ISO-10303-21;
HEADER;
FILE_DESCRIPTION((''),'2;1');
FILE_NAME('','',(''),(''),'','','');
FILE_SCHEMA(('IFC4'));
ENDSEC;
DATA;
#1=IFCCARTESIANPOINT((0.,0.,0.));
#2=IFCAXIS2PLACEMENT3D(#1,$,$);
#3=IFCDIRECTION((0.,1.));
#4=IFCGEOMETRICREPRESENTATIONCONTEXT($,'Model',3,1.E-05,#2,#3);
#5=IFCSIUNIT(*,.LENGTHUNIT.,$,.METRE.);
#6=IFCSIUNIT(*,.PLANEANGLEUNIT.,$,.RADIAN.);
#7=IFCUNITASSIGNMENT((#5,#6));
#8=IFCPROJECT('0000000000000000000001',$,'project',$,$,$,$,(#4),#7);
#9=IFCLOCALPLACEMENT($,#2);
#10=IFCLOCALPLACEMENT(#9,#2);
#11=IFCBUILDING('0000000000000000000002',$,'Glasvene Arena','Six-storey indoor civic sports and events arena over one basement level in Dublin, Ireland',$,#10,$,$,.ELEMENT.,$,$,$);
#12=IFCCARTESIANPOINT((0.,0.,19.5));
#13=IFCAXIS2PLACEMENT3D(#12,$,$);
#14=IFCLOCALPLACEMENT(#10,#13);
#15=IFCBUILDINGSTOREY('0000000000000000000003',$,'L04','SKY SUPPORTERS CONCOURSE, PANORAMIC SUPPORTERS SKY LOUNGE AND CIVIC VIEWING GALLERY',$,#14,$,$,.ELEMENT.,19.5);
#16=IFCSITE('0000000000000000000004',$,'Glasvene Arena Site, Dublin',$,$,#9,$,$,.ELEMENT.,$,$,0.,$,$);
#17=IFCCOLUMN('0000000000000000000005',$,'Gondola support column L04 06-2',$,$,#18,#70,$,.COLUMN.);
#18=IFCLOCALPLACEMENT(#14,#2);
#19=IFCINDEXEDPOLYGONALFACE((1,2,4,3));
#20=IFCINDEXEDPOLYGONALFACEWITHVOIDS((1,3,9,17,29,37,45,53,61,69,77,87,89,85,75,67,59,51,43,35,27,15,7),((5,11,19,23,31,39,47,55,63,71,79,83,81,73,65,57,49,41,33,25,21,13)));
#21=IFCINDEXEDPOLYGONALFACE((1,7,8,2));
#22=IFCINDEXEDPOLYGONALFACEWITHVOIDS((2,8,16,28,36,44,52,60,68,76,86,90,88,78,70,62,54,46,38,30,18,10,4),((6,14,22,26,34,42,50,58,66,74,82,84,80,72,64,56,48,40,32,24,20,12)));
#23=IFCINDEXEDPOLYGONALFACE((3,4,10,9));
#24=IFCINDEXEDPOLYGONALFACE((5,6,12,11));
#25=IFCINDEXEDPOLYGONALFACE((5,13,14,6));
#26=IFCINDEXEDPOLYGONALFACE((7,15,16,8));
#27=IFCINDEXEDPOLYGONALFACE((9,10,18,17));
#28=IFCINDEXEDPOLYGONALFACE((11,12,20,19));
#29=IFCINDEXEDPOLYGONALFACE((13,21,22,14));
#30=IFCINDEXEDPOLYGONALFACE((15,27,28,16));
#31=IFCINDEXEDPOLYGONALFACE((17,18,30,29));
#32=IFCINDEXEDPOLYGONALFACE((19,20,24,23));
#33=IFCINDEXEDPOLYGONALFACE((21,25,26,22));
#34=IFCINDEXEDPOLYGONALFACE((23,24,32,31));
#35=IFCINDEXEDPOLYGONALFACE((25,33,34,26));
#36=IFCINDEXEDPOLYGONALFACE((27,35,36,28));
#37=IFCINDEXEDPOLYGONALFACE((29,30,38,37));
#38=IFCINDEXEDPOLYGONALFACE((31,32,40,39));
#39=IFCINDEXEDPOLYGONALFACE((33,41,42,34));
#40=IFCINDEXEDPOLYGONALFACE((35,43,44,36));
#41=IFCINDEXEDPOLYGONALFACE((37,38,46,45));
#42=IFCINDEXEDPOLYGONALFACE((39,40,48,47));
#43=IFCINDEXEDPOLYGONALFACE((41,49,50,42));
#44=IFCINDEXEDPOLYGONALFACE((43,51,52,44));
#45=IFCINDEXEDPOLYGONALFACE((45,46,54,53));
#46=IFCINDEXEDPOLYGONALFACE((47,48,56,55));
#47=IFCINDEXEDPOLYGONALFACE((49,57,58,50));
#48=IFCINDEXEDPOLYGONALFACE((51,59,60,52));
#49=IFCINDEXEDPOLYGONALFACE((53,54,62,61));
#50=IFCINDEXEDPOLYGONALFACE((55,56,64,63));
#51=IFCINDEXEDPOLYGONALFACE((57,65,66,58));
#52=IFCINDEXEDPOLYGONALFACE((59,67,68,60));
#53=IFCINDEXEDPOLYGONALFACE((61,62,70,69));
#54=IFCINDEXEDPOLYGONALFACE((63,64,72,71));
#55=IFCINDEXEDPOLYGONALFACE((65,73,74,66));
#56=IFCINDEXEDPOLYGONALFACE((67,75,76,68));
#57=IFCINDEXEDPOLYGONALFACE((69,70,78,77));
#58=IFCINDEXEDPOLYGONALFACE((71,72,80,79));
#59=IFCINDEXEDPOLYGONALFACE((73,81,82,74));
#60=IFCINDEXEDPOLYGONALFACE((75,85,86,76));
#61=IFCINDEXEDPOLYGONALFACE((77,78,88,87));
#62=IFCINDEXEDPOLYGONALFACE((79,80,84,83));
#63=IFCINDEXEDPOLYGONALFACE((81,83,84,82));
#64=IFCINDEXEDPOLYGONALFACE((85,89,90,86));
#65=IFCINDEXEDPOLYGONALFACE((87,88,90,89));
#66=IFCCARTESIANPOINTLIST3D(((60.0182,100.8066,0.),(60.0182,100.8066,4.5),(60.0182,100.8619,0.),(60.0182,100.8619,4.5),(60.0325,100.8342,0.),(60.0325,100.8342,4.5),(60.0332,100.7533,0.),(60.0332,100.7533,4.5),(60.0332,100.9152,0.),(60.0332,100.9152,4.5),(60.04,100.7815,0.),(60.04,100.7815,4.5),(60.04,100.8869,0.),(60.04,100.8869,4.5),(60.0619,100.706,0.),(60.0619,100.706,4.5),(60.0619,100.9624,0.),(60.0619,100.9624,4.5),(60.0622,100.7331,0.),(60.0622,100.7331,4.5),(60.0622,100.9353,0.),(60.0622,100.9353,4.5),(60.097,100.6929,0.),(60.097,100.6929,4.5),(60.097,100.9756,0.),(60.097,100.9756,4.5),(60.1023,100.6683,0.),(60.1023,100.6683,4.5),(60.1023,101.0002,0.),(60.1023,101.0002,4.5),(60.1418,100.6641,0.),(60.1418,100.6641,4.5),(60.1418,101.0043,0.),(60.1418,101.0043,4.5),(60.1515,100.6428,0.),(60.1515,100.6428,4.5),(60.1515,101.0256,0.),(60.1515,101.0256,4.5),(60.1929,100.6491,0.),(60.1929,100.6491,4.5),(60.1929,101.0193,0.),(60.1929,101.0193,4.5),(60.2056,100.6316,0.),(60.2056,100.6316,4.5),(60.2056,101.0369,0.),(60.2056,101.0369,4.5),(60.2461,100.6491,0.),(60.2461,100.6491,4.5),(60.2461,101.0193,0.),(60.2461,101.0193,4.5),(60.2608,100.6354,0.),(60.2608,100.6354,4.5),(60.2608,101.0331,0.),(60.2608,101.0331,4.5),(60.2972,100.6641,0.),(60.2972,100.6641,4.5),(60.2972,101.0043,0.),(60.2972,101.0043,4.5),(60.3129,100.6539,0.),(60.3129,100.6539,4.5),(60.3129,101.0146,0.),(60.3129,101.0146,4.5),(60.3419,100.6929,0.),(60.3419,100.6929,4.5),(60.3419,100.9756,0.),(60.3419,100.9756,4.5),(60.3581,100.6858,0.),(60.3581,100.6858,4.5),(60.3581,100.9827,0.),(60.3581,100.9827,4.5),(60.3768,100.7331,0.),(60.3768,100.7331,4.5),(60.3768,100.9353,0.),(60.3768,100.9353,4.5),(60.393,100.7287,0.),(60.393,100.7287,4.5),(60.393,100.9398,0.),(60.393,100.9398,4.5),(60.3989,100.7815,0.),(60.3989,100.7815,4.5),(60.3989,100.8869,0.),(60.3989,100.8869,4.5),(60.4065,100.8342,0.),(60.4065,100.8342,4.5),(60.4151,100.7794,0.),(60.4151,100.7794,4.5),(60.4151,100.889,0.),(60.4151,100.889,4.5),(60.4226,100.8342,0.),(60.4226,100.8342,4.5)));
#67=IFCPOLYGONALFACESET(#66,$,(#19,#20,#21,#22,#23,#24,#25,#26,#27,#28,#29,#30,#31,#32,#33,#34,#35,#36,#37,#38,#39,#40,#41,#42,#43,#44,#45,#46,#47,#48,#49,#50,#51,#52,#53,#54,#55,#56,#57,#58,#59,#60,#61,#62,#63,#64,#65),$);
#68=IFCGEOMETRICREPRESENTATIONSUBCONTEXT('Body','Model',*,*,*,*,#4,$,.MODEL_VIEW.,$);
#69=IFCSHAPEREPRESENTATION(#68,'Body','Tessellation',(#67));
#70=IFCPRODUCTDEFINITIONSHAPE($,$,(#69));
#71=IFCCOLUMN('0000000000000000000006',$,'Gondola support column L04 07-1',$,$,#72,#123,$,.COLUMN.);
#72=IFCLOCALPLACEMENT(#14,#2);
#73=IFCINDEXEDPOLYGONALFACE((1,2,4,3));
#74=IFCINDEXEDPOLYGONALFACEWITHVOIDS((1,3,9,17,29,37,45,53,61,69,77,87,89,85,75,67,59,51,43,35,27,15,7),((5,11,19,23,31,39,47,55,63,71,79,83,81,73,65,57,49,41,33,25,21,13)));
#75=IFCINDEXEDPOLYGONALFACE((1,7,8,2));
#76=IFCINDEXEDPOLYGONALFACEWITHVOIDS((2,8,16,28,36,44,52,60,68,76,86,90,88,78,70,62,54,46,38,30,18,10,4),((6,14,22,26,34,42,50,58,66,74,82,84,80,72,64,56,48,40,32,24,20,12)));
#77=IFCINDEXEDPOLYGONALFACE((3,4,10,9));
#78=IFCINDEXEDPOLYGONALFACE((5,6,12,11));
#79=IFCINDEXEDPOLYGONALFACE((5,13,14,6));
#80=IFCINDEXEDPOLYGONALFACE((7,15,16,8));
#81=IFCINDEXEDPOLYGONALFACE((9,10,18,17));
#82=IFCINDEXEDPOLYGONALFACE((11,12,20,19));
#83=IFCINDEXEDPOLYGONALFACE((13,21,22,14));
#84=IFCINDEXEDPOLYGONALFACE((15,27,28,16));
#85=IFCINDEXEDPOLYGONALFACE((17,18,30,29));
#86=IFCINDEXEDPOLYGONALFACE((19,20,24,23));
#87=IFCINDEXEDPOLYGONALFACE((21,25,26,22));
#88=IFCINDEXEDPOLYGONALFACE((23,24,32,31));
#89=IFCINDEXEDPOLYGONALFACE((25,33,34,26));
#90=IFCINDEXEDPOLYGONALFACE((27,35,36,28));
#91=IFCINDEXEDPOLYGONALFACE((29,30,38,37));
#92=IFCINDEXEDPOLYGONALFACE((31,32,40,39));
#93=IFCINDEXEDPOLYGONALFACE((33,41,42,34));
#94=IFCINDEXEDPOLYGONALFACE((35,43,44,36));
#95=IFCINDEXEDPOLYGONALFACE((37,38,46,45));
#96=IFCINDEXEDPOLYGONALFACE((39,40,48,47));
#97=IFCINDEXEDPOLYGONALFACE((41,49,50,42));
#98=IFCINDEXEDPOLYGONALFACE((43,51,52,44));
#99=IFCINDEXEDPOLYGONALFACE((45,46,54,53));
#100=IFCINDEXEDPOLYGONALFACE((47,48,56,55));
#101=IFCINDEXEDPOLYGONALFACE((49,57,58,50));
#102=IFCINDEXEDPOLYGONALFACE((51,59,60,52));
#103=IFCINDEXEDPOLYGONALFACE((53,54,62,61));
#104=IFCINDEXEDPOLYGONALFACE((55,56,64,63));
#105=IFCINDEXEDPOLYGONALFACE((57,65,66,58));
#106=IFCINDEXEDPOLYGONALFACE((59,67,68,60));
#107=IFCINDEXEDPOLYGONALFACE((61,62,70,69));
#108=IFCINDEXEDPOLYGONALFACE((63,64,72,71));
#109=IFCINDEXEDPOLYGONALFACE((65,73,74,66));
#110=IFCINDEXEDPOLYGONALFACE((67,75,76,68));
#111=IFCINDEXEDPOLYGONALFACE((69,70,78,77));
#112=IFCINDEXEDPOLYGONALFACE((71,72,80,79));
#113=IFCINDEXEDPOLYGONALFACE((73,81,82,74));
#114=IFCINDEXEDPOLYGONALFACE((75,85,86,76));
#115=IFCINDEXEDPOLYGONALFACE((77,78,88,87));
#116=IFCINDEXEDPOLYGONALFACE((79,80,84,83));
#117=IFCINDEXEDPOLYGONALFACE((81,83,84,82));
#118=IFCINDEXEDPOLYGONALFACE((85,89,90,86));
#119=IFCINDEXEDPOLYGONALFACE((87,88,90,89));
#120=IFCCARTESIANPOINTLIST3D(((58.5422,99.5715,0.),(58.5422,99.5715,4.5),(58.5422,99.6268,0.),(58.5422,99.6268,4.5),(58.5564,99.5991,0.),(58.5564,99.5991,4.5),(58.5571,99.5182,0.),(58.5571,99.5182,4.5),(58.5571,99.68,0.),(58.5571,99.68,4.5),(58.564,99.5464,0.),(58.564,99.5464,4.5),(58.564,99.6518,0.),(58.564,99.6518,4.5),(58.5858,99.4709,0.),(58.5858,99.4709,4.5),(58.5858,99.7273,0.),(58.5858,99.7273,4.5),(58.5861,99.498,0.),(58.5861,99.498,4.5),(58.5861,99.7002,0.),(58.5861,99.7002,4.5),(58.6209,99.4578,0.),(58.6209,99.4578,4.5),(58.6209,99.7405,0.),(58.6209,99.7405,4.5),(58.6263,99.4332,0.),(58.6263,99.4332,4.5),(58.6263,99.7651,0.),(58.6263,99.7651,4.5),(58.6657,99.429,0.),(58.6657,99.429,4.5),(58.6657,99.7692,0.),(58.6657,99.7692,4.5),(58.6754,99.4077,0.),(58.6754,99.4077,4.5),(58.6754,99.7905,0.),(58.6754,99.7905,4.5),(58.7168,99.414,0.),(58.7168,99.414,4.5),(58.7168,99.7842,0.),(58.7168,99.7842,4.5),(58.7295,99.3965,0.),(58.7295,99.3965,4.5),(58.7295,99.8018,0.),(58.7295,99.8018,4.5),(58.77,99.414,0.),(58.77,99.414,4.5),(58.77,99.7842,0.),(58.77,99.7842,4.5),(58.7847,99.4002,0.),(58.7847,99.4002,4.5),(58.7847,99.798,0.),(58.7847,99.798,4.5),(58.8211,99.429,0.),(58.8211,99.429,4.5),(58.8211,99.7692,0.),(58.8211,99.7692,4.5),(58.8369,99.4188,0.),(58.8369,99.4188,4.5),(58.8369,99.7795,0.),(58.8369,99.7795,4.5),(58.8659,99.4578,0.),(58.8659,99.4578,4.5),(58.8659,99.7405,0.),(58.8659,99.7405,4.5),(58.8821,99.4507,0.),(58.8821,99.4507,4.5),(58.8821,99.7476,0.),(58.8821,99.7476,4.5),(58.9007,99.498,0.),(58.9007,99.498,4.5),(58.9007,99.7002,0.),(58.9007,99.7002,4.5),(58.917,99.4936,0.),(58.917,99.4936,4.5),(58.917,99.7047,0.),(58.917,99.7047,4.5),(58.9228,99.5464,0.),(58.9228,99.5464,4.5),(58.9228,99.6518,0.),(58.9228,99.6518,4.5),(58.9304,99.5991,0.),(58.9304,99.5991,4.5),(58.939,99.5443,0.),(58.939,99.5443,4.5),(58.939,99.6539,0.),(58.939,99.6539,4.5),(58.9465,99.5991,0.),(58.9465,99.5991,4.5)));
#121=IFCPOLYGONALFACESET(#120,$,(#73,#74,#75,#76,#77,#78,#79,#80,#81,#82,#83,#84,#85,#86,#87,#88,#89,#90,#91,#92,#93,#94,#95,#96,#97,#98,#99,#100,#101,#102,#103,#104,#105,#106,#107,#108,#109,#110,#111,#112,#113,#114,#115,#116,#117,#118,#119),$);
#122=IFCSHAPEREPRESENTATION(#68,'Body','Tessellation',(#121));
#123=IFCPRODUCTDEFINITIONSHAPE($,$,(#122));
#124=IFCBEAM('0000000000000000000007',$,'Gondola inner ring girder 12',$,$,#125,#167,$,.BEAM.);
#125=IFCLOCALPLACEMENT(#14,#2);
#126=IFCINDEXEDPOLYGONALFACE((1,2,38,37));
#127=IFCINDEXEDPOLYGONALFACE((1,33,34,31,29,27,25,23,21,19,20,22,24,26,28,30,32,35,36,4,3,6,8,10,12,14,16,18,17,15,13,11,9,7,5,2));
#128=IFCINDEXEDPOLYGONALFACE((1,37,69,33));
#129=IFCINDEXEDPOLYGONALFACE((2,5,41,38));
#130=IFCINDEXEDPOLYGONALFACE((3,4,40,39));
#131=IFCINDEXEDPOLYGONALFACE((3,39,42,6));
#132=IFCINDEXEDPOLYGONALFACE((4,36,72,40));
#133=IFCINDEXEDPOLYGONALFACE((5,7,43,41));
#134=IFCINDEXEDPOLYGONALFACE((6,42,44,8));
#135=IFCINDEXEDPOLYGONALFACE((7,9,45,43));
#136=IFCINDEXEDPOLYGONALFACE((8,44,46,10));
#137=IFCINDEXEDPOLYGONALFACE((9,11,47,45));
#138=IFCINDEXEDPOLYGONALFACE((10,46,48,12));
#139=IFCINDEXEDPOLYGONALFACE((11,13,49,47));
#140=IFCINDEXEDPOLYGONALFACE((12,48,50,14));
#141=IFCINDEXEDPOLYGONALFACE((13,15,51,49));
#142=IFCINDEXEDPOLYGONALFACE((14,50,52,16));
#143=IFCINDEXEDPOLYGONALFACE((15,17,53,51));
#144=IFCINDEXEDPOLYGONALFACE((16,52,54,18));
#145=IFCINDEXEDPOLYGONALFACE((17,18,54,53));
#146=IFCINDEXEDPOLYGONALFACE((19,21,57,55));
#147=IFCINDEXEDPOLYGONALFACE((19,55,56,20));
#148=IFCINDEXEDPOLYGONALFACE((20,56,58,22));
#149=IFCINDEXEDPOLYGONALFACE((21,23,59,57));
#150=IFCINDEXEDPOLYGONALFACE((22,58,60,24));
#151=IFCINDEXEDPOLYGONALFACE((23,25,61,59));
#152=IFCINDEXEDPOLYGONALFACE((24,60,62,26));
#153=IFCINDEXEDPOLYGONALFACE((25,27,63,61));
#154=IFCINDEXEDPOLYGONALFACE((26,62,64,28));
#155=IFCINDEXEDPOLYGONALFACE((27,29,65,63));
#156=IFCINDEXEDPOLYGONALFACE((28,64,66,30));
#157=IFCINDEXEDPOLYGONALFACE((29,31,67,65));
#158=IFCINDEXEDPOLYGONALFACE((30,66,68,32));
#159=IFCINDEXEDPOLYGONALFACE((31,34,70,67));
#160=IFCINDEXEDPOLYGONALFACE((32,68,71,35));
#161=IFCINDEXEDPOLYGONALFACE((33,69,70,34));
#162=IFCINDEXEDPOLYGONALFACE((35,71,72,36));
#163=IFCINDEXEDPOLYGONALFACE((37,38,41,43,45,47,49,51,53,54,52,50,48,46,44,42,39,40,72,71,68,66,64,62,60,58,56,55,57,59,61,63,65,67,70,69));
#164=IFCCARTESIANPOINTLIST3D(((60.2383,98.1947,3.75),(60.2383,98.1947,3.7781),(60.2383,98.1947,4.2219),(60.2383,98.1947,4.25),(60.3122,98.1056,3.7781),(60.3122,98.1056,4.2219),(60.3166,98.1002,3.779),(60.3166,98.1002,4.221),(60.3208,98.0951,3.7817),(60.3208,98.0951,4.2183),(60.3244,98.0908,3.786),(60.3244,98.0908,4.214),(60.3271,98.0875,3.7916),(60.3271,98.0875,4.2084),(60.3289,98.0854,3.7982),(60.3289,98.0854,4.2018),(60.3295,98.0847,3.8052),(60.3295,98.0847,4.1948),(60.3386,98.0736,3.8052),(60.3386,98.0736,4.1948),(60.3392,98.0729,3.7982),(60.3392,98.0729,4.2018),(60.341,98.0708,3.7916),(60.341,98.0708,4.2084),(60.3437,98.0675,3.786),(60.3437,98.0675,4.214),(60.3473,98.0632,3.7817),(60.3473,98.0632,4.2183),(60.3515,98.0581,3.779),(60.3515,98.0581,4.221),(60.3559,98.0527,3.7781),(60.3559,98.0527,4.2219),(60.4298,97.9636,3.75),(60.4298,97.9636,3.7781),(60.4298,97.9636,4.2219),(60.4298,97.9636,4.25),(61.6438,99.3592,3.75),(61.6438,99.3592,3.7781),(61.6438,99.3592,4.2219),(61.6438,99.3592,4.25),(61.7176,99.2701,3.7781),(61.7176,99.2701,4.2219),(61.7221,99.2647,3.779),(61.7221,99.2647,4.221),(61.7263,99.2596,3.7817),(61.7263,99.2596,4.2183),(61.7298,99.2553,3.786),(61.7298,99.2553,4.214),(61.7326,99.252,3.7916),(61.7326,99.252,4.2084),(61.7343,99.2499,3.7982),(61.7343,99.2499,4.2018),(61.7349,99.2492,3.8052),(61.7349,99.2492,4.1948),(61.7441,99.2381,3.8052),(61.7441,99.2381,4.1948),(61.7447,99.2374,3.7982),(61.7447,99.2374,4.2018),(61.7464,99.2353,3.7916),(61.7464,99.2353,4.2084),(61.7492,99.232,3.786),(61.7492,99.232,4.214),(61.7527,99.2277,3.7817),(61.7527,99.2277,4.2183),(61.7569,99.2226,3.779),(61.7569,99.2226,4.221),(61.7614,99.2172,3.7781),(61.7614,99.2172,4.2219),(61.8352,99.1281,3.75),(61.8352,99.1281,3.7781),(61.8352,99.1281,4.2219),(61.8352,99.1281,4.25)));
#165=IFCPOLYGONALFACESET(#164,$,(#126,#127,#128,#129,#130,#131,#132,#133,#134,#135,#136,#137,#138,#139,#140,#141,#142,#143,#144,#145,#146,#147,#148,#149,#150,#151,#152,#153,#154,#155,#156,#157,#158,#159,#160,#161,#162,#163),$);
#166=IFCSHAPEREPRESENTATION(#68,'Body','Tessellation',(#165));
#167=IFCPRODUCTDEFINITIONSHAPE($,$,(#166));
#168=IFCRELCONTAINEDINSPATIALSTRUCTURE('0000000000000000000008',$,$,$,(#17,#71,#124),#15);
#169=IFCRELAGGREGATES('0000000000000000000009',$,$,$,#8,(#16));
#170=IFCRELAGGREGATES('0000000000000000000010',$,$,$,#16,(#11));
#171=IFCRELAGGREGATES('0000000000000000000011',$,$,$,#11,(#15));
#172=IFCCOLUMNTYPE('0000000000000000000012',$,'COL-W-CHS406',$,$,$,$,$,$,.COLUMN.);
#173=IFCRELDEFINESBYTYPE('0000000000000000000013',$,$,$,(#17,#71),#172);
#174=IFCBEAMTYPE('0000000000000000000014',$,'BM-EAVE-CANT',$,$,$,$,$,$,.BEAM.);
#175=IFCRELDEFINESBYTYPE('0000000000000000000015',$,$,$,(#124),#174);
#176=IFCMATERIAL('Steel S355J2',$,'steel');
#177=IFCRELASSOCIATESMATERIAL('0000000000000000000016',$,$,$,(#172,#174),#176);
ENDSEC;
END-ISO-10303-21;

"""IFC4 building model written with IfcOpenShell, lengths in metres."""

from ifc_helpers import new_model, si_unit, direction, frame, origin, origin_2d, place, context, subcontext, project, spatial, hollow_circle, i_section, extrude, material, material_profile, profile_set, type_object, element, save


model = new_model("IFC4")

# Units and contexts
model_context = context("Model", 3, precision=1e-05, world=origin(), true_north=direction((0.0, 1.0)))
body_context = subcontext(model_context, "Body", "Model", "MODEL_VIEW")
ifc_project = project(units=[si_unit("LENGTHUNIT", "METRE"), si_unit("PLANEANGLEUNIT", "RADIAN")], contexts=[model_context])

# Site, building, storey
site_placement = place(None, origin())
site = spatial("IfcSite", under=ifc_project, at=site_placement, Name="Glasvene Arena Site, Dublin", CompositionType="ELEMENT", RefElevation=0.0)
building_placement = place(site_placement, origin())
building = spatial("IfcBuilding", under=site, at=building_placement, Name="Glasvene Arena", Description="Six-storey indoor civic sports and events arena over one basement level in Dublin, Ireland", CompositionType="ELEMENT")
storey_placement = place(building_placement, frame((0.0, 0.0, 19.5)))
storey = spatial("IfcBuildingStorey", under=building, at=storey_placement, Name="L04", Description="SKY SUPPORTERS CONCOURSE, PANORAMIC SUPPORTERS SKY LOUNGE AND CIVIC VIEWING GALLERY", CompositionType="ELEMENT", Elevation=19.5)

# Columns
ifc_material_1 = material(Name="Steel S355J2", Category="steel")
ifc_material_profile_1 = material_profile(ifc_material_1, hollow_circle(Radius=0.2031, WallThickness=0.0161, at=origin_2d()), Name="CHS 406.4x16.0")
ifc_profile_set_1 = profile_set([ifc_material_profile_1], Name="Steel S355J2")
column_type = type_object("IfcColumnType", Name="COL-W-CHS406", PredefinedType="COLUMN", material=ifc_profile_set_1)
for number, where, z_axis, x_axis, name in (
    (1, (60.2195, 100.8342, 0.0), (0.0, 0.0, 1.0), (1.0, 0.0, 0.0), "Gondola support column L04 06-2"),
    (2, (58.7434, 99.5991, 0.0), (0.0, 0.0, 1.0), (1.0, 0.0, 0.0), "Gondola support column L04 07-1"),
):
    element("IfcColumn", number, at=place(storey_placement, frame(where, z_axis=z_axis, x_axis=x_axis)), inside=storey, type_object=column_type, Name=name, PredefinedType="COLUMN", context=body_context, shape_type="SweptSolid", body=[
        extrude(hollow_circle(Radius=0.2031, WallThickness=0.0161, at=origin_2d()), origin(), (0.0, 0.0, 1.0), 4.5),
    ])

# Beam
ifc_material_profile_2 = material_profile(ifc_material_1, i_section(OverallWidth=0.3, OverallDepth=0.5, WebThickness=0.0144, FlangeThickness=0.0281, FilletRadius=0.0271, at=origin_2d()), Name="HEB 500")
ifc_profile_set_2 = profile_set([ifc_material_profile_2], Name="Steel S355J2")
beam_type_1 = type_object("IfcBeamType", Name="BM-EAVE-CANT", PredefinedType="BEAM", material=ifc_profile_set_2)
beam_1_placement = place(storey_placement, frame((61.7395, 99.2437, 4.0), z_axis=(-0.770027, -0.638011, 0.0), x_axis=(0.638011, -0.770027, 0.0)))
element("IfcBeam", 3, at=beam_1_placement, inside=storey, type_object=beam_type_1, Name="Gondola inner ring girder 12", PredefinedType="BEAM", context=body_context, shape_type="SweptSolid", body=[
    extrude(i_section(OverallWidth=0.3, OverallDepth=0.5, WebThickness=0.0144, FlangeThickness=0.0281, FilletRadius=0.0271, at=origin_2d()), origin(), (0.0, 0.0, 1.0), 1.8252),
])

save(model, "model.ifc")
